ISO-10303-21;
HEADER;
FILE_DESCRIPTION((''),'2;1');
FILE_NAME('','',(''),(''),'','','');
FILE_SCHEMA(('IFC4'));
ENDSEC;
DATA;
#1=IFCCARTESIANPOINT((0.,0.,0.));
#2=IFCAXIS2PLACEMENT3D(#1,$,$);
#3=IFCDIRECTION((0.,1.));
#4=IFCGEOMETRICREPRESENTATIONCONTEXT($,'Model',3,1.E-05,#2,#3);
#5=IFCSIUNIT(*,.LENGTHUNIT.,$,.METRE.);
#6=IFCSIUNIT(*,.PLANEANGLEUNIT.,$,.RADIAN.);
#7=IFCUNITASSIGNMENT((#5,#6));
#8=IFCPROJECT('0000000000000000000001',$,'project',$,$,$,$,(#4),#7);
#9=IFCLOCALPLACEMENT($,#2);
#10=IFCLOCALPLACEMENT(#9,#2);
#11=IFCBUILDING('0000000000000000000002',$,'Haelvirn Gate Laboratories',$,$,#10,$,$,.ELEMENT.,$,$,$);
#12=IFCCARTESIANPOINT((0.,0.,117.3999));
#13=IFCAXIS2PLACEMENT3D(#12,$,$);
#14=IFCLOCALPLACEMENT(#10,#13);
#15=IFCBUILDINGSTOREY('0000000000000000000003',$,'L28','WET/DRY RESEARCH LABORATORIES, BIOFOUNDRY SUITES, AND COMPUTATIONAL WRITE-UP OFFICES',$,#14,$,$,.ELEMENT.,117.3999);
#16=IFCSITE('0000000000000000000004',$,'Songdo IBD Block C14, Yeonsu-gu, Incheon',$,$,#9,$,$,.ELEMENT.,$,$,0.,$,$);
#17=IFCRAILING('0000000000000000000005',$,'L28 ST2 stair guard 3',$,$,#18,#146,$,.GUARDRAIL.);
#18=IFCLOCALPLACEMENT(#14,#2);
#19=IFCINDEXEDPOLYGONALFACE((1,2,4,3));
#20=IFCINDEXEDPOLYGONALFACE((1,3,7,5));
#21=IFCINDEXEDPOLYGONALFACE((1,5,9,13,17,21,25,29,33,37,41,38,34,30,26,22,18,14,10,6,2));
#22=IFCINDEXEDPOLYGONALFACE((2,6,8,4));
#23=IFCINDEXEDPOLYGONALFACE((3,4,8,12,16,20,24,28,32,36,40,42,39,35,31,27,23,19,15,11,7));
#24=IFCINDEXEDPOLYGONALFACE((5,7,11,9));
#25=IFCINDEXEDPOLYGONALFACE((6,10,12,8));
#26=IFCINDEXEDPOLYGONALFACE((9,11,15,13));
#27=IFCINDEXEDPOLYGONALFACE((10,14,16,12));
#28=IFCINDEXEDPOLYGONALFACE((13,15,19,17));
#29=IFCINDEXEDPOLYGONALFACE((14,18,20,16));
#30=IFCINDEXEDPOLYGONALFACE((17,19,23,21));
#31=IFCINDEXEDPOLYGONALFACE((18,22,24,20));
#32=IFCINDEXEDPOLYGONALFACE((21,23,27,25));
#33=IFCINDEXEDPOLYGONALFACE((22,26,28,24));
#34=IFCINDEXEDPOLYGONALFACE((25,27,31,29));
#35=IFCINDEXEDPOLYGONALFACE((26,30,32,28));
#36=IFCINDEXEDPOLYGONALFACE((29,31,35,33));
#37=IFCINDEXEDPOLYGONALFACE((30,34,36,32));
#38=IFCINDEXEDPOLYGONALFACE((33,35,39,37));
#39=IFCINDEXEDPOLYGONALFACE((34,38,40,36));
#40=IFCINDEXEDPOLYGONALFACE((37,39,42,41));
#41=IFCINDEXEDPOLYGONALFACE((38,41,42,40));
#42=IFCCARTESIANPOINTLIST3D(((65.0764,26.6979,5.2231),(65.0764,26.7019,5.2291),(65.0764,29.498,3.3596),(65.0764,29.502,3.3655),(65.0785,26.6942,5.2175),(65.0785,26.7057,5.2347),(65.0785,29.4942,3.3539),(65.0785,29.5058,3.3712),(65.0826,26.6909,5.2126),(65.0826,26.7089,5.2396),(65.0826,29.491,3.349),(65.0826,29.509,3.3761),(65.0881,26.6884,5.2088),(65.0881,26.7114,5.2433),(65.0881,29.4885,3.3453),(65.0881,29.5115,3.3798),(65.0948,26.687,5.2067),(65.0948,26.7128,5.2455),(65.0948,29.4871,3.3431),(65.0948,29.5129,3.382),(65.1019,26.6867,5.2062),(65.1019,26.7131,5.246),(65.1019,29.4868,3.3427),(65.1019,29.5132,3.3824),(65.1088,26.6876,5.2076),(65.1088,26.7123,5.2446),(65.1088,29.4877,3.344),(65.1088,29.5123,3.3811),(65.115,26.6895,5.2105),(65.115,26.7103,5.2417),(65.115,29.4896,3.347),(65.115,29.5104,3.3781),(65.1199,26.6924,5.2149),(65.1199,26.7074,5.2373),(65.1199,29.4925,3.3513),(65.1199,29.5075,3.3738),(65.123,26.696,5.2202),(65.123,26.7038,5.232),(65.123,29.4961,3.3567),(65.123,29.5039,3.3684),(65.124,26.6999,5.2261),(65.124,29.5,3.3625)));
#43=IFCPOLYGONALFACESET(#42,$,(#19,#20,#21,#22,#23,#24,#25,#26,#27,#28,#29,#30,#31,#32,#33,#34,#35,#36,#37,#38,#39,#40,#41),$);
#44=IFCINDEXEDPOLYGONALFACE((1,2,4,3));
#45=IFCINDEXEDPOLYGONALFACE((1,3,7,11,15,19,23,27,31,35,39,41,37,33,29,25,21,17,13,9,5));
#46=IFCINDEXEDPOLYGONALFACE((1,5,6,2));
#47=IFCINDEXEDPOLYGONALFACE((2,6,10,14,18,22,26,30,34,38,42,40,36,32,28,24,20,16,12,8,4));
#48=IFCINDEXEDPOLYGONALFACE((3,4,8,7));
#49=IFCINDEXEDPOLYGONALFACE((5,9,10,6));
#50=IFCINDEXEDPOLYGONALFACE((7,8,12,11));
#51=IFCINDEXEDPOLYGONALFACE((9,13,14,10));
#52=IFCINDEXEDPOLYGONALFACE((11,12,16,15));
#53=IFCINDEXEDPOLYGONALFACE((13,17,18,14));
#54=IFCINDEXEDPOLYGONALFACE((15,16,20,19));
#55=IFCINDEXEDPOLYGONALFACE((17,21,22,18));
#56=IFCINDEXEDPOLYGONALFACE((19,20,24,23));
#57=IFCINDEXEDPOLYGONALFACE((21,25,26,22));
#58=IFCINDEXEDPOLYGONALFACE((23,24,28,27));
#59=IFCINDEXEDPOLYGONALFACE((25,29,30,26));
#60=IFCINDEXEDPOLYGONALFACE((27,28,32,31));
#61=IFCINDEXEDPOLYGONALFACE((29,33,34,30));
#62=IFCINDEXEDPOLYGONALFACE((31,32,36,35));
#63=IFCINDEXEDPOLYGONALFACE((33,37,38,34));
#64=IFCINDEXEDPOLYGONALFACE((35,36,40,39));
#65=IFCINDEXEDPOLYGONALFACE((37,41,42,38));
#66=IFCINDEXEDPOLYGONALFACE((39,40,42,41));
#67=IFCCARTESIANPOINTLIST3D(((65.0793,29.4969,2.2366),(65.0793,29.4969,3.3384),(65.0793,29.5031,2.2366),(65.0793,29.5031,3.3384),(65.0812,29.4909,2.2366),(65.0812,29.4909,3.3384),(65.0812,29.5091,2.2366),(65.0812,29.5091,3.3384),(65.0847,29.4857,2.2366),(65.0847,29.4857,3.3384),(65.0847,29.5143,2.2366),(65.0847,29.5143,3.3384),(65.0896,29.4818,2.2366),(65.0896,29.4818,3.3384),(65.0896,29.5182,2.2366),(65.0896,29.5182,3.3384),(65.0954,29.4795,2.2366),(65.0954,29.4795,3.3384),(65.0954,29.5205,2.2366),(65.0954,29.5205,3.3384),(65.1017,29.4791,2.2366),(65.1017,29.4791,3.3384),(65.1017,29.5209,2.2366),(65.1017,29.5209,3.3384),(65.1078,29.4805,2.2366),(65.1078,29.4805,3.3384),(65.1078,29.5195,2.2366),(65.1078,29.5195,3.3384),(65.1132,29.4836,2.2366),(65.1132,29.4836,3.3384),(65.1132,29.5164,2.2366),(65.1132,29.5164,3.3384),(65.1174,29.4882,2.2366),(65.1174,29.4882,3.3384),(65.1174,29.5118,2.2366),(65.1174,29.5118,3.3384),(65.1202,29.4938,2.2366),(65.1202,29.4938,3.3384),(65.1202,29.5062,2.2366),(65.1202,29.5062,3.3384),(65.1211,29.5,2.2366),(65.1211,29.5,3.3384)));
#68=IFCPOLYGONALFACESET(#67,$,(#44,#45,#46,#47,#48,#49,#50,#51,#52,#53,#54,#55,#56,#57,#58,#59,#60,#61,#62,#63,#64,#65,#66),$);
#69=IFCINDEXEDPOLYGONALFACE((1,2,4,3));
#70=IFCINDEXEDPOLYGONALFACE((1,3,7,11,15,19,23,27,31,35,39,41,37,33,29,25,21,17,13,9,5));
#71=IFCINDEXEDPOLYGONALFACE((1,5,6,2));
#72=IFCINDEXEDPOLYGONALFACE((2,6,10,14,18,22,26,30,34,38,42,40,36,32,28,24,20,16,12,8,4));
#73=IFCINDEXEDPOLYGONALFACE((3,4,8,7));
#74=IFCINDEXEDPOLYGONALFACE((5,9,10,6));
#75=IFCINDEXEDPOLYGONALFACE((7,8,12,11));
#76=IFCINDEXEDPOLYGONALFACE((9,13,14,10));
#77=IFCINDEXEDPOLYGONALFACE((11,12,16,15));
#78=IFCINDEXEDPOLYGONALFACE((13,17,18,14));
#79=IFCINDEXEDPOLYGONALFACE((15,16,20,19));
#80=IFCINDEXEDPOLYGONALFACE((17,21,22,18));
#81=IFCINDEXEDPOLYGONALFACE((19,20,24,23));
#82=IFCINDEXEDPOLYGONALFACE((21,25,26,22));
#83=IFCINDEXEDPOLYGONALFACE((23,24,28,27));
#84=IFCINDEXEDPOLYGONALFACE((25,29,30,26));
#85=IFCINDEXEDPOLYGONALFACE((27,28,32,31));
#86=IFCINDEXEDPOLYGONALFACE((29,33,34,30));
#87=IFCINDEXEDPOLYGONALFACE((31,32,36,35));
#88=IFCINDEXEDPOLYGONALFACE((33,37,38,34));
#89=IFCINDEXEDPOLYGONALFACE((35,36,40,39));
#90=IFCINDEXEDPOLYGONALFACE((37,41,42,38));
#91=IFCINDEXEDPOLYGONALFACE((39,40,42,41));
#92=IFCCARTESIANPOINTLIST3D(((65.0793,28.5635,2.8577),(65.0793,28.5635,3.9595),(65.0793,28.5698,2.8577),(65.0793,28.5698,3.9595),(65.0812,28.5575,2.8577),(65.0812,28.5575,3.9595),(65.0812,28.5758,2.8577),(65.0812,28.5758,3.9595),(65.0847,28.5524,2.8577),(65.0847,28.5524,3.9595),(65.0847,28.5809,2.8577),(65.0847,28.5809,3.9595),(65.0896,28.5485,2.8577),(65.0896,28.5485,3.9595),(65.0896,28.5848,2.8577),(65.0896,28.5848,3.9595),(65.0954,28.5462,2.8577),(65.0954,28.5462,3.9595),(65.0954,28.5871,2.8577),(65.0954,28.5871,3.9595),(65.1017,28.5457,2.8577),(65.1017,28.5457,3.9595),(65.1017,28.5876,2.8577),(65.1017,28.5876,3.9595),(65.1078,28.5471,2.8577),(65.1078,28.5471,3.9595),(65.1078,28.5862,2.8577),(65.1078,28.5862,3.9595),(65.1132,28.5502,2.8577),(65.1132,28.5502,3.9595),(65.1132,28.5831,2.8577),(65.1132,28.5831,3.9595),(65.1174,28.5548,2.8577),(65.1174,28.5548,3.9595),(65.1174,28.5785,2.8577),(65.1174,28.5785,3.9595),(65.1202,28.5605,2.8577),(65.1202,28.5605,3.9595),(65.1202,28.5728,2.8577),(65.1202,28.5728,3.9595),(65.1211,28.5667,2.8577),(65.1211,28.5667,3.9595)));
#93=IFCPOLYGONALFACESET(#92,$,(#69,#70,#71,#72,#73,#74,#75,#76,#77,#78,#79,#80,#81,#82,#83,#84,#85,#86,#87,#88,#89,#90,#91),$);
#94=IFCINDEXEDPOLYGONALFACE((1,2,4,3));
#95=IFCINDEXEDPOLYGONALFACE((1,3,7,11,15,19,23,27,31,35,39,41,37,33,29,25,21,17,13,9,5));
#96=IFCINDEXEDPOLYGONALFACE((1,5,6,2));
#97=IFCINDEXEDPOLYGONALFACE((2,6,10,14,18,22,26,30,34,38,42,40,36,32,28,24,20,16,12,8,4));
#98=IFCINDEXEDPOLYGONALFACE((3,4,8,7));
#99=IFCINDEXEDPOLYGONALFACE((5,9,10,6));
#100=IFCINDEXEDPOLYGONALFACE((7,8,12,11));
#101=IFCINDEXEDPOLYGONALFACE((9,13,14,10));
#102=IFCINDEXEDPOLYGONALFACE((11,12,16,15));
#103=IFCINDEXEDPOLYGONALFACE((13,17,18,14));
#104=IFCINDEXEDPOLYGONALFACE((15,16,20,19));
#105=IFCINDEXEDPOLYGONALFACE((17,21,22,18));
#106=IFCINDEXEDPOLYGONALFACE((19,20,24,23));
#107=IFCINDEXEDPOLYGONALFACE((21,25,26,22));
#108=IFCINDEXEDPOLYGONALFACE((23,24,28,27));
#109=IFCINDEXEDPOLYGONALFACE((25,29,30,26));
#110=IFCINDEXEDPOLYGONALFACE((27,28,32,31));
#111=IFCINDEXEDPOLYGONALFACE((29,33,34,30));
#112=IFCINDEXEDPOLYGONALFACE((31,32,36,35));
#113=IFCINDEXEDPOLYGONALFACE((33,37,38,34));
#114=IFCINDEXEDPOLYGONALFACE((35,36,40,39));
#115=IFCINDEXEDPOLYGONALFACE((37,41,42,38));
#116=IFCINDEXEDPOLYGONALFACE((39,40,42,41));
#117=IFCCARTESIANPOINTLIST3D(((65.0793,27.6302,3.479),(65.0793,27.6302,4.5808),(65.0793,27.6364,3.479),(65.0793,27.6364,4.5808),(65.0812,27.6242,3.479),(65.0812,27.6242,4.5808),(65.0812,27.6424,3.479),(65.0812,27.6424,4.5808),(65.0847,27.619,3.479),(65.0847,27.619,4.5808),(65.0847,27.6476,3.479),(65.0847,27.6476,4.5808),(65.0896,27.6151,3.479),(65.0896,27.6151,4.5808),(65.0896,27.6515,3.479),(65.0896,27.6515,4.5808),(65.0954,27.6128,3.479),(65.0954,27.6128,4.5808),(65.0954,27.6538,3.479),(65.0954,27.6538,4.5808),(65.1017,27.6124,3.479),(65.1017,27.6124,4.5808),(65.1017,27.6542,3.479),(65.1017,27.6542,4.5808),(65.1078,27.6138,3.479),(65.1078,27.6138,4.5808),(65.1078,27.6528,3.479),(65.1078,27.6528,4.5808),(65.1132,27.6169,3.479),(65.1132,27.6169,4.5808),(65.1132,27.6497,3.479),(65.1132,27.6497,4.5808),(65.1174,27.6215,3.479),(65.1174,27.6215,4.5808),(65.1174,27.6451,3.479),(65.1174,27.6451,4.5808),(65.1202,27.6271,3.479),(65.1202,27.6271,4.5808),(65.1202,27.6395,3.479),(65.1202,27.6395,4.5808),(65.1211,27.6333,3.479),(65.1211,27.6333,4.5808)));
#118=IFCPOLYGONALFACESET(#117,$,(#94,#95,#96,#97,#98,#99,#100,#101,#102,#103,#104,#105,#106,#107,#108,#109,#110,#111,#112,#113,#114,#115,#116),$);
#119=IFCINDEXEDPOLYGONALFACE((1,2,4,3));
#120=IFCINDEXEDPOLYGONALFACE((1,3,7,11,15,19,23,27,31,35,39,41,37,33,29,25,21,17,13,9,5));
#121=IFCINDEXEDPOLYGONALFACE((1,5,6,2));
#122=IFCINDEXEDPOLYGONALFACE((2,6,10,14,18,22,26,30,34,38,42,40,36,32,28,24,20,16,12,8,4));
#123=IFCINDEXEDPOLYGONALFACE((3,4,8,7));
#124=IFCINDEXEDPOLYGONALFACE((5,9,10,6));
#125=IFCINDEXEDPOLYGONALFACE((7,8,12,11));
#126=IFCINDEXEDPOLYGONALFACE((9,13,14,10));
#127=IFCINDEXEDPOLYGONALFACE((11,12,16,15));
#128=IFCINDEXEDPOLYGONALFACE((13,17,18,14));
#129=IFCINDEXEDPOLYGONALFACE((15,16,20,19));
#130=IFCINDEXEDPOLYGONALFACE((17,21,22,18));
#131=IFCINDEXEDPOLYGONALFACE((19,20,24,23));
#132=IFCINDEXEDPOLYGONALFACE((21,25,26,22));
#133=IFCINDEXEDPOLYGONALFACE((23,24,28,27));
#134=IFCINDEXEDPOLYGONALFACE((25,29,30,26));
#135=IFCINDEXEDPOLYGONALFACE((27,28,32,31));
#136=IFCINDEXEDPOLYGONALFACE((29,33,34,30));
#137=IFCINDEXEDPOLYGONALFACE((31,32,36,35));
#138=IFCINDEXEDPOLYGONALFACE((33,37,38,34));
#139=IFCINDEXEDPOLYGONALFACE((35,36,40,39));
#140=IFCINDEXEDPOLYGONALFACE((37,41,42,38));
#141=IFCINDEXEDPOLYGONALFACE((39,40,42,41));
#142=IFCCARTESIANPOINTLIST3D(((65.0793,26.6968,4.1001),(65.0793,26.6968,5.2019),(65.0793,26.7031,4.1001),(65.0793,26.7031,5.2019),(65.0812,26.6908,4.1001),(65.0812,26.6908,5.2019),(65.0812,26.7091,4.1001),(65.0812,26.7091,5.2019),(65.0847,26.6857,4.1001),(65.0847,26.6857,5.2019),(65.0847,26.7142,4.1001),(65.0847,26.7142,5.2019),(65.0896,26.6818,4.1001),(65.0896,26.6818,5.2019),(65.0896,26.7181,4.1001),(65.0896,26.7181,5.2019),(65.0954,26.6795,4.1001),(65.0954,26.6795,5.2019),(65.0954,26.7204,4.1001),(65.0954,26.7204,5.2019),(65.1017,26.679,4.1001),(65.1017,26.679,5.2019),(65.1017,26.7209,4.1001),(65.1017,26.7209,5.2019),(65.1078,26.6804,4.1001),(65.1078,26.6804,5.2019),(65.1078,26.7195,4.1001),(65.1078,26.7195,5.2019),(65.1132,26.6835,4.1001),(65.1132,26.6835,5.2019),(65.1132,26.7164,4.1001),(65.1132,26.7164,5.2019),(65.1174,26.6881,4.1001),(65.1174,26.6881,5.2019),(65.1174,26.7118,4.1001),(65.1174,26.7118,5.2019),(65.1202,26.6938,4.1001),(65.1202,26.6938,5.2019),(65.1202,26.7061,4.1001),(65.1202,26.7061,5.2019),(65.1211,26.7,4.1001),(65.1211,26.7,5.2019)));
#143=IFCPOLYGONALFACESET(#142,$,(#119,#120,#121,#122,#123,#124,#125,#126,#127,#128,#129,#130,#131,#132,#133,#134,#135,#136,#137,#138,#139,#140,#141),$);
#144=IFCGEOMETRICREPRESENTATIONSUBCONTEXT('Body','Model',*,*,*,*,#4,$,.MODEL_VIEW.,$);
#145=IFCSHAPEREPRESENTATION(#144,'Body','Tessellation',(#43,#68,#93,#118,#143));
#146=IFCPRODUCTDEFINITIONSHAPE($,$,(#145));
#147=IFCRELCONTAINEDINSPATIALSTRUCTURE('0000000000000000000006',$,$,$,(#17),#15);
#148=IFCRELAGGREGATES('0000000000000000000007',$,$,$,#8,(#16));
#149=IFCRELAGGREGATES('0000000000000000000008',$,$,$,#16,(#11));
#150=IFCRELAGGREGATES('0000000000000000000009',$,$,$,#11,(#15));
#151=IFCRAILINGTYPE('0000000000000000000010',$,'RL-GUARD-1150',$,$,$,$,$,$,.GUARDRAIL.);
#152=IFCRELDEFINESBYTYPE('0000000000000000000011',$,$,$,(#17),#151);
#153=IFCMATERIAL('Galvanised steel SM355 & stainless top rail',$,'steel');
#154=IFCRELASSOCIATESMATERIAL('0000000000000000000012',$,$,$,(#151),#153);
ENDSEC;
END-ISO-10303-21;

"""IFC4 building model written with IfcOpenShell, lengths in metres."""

from ifc_helpers import new_model, si_unit, direction, frame, origin, origin_2d, place, context, subcontext, project, spatial, circle, extrude, source, transform, mapped, material, type_object, element, save


model = new_model("IFC4")

# Units and contexts
model_context = context("Model", 3, precision=1e-05, world=origin(), true_north=direction((0.0, 1.0)))
body_context = subcontext(model_context, "Body", "Model", "MODEL_VIEW")
ifc_project = project(units=[si_unit("LENGTHUNIT", "METRE"), si_unit("PLANEANGLEUNIT", "RADIAN")], contexts=[model_context])

# Site, building, storey
site_placement = place(None, origin())
site = spatial("IfcSite", under=ifc_project, at=site_placement, Name="Songdo IBD Block C14, Yeonsu-gu, Incheon", CompositionType="ELEMENT", RefElevation=0.0)
building_placement = place(site_placement, origin())
building = spatial("IfcBuilding", under=site, at=building_placement, Name="Haelvirn Gate Laboratories", CompositionType="ELEMENT")
storey_placement = place(building_placement, frame((0.0, 0.0, 117.3999)))
storey = spatial("IfcBuildingStorey", under=building, at=storey_placement, Name="L28", Description="WET/DRY RESEARCH LABORATORIES, BIOFOUNDRY SUITES, AND COMPUTATIONAL WRITE-UP OFFICES", CompositionType="ELEMENT", Elevation=117.3999)

# Railing
ifc_material_1 = material(Name="Galvanised steel SM355 & stainless top rail", Category="steel")
railing_type_1 = type_object("IfcRailingType", Name="RL-GUARD-1150", PredefinedType="GUARDRAIL", material=ifc_material_1)
shared_shape_1 = source(origin(), body_context, "Body", "SweptSolid", [
    extrude(circle(Radius=0.0239, at=origin_2d()), frame((0.0, 0.0, 1.126), z_axis=(0.0, -0.832486, 0.554047), x_axis=(1.0, 0.0, 0.0)), (0.0, 0.0, 1.0), 3.3635),
    extrude(circle(Radius=0.021, at=origin_2d()), origin(), (0.0, 0.0, 1.0), 1.1018),
    extrude(circle(Radius=0.021, at=origin_2d()), frame((0.0, -0.9333, 0.6211)), (0.0, 0.0, 1.0), 1.1018),
    extrude(circle(Radius=0.021, at=origin_2d()), frame((0.0, -1.8667, 1.2424)), (0.0, 0.0, 1.0), 1.1018),
    extrude(circle(Radius=0.021, at=origin_2d()), frame((0.0, -2.8, 1.8635)), (0.0, 0.0, 1.0), 1.1018),
])
railing_1_placement = place(storey_placement, frame((65.1001, 29.5, 2.2366)))
element("IfcRailing", 1, at=railing_1_placement, inside=storey, type_object=railing_type_1, Name="L28 ST2 stair guard 3", PredefinedType="GUARDRAIL", context=body_context, shape_type="MappedRepresentation", body=[
    mapped(shared_shape_1, transform((0.0, 0.0, 0.0), scale=1.0)),
])

save(model, "model.ifc")
